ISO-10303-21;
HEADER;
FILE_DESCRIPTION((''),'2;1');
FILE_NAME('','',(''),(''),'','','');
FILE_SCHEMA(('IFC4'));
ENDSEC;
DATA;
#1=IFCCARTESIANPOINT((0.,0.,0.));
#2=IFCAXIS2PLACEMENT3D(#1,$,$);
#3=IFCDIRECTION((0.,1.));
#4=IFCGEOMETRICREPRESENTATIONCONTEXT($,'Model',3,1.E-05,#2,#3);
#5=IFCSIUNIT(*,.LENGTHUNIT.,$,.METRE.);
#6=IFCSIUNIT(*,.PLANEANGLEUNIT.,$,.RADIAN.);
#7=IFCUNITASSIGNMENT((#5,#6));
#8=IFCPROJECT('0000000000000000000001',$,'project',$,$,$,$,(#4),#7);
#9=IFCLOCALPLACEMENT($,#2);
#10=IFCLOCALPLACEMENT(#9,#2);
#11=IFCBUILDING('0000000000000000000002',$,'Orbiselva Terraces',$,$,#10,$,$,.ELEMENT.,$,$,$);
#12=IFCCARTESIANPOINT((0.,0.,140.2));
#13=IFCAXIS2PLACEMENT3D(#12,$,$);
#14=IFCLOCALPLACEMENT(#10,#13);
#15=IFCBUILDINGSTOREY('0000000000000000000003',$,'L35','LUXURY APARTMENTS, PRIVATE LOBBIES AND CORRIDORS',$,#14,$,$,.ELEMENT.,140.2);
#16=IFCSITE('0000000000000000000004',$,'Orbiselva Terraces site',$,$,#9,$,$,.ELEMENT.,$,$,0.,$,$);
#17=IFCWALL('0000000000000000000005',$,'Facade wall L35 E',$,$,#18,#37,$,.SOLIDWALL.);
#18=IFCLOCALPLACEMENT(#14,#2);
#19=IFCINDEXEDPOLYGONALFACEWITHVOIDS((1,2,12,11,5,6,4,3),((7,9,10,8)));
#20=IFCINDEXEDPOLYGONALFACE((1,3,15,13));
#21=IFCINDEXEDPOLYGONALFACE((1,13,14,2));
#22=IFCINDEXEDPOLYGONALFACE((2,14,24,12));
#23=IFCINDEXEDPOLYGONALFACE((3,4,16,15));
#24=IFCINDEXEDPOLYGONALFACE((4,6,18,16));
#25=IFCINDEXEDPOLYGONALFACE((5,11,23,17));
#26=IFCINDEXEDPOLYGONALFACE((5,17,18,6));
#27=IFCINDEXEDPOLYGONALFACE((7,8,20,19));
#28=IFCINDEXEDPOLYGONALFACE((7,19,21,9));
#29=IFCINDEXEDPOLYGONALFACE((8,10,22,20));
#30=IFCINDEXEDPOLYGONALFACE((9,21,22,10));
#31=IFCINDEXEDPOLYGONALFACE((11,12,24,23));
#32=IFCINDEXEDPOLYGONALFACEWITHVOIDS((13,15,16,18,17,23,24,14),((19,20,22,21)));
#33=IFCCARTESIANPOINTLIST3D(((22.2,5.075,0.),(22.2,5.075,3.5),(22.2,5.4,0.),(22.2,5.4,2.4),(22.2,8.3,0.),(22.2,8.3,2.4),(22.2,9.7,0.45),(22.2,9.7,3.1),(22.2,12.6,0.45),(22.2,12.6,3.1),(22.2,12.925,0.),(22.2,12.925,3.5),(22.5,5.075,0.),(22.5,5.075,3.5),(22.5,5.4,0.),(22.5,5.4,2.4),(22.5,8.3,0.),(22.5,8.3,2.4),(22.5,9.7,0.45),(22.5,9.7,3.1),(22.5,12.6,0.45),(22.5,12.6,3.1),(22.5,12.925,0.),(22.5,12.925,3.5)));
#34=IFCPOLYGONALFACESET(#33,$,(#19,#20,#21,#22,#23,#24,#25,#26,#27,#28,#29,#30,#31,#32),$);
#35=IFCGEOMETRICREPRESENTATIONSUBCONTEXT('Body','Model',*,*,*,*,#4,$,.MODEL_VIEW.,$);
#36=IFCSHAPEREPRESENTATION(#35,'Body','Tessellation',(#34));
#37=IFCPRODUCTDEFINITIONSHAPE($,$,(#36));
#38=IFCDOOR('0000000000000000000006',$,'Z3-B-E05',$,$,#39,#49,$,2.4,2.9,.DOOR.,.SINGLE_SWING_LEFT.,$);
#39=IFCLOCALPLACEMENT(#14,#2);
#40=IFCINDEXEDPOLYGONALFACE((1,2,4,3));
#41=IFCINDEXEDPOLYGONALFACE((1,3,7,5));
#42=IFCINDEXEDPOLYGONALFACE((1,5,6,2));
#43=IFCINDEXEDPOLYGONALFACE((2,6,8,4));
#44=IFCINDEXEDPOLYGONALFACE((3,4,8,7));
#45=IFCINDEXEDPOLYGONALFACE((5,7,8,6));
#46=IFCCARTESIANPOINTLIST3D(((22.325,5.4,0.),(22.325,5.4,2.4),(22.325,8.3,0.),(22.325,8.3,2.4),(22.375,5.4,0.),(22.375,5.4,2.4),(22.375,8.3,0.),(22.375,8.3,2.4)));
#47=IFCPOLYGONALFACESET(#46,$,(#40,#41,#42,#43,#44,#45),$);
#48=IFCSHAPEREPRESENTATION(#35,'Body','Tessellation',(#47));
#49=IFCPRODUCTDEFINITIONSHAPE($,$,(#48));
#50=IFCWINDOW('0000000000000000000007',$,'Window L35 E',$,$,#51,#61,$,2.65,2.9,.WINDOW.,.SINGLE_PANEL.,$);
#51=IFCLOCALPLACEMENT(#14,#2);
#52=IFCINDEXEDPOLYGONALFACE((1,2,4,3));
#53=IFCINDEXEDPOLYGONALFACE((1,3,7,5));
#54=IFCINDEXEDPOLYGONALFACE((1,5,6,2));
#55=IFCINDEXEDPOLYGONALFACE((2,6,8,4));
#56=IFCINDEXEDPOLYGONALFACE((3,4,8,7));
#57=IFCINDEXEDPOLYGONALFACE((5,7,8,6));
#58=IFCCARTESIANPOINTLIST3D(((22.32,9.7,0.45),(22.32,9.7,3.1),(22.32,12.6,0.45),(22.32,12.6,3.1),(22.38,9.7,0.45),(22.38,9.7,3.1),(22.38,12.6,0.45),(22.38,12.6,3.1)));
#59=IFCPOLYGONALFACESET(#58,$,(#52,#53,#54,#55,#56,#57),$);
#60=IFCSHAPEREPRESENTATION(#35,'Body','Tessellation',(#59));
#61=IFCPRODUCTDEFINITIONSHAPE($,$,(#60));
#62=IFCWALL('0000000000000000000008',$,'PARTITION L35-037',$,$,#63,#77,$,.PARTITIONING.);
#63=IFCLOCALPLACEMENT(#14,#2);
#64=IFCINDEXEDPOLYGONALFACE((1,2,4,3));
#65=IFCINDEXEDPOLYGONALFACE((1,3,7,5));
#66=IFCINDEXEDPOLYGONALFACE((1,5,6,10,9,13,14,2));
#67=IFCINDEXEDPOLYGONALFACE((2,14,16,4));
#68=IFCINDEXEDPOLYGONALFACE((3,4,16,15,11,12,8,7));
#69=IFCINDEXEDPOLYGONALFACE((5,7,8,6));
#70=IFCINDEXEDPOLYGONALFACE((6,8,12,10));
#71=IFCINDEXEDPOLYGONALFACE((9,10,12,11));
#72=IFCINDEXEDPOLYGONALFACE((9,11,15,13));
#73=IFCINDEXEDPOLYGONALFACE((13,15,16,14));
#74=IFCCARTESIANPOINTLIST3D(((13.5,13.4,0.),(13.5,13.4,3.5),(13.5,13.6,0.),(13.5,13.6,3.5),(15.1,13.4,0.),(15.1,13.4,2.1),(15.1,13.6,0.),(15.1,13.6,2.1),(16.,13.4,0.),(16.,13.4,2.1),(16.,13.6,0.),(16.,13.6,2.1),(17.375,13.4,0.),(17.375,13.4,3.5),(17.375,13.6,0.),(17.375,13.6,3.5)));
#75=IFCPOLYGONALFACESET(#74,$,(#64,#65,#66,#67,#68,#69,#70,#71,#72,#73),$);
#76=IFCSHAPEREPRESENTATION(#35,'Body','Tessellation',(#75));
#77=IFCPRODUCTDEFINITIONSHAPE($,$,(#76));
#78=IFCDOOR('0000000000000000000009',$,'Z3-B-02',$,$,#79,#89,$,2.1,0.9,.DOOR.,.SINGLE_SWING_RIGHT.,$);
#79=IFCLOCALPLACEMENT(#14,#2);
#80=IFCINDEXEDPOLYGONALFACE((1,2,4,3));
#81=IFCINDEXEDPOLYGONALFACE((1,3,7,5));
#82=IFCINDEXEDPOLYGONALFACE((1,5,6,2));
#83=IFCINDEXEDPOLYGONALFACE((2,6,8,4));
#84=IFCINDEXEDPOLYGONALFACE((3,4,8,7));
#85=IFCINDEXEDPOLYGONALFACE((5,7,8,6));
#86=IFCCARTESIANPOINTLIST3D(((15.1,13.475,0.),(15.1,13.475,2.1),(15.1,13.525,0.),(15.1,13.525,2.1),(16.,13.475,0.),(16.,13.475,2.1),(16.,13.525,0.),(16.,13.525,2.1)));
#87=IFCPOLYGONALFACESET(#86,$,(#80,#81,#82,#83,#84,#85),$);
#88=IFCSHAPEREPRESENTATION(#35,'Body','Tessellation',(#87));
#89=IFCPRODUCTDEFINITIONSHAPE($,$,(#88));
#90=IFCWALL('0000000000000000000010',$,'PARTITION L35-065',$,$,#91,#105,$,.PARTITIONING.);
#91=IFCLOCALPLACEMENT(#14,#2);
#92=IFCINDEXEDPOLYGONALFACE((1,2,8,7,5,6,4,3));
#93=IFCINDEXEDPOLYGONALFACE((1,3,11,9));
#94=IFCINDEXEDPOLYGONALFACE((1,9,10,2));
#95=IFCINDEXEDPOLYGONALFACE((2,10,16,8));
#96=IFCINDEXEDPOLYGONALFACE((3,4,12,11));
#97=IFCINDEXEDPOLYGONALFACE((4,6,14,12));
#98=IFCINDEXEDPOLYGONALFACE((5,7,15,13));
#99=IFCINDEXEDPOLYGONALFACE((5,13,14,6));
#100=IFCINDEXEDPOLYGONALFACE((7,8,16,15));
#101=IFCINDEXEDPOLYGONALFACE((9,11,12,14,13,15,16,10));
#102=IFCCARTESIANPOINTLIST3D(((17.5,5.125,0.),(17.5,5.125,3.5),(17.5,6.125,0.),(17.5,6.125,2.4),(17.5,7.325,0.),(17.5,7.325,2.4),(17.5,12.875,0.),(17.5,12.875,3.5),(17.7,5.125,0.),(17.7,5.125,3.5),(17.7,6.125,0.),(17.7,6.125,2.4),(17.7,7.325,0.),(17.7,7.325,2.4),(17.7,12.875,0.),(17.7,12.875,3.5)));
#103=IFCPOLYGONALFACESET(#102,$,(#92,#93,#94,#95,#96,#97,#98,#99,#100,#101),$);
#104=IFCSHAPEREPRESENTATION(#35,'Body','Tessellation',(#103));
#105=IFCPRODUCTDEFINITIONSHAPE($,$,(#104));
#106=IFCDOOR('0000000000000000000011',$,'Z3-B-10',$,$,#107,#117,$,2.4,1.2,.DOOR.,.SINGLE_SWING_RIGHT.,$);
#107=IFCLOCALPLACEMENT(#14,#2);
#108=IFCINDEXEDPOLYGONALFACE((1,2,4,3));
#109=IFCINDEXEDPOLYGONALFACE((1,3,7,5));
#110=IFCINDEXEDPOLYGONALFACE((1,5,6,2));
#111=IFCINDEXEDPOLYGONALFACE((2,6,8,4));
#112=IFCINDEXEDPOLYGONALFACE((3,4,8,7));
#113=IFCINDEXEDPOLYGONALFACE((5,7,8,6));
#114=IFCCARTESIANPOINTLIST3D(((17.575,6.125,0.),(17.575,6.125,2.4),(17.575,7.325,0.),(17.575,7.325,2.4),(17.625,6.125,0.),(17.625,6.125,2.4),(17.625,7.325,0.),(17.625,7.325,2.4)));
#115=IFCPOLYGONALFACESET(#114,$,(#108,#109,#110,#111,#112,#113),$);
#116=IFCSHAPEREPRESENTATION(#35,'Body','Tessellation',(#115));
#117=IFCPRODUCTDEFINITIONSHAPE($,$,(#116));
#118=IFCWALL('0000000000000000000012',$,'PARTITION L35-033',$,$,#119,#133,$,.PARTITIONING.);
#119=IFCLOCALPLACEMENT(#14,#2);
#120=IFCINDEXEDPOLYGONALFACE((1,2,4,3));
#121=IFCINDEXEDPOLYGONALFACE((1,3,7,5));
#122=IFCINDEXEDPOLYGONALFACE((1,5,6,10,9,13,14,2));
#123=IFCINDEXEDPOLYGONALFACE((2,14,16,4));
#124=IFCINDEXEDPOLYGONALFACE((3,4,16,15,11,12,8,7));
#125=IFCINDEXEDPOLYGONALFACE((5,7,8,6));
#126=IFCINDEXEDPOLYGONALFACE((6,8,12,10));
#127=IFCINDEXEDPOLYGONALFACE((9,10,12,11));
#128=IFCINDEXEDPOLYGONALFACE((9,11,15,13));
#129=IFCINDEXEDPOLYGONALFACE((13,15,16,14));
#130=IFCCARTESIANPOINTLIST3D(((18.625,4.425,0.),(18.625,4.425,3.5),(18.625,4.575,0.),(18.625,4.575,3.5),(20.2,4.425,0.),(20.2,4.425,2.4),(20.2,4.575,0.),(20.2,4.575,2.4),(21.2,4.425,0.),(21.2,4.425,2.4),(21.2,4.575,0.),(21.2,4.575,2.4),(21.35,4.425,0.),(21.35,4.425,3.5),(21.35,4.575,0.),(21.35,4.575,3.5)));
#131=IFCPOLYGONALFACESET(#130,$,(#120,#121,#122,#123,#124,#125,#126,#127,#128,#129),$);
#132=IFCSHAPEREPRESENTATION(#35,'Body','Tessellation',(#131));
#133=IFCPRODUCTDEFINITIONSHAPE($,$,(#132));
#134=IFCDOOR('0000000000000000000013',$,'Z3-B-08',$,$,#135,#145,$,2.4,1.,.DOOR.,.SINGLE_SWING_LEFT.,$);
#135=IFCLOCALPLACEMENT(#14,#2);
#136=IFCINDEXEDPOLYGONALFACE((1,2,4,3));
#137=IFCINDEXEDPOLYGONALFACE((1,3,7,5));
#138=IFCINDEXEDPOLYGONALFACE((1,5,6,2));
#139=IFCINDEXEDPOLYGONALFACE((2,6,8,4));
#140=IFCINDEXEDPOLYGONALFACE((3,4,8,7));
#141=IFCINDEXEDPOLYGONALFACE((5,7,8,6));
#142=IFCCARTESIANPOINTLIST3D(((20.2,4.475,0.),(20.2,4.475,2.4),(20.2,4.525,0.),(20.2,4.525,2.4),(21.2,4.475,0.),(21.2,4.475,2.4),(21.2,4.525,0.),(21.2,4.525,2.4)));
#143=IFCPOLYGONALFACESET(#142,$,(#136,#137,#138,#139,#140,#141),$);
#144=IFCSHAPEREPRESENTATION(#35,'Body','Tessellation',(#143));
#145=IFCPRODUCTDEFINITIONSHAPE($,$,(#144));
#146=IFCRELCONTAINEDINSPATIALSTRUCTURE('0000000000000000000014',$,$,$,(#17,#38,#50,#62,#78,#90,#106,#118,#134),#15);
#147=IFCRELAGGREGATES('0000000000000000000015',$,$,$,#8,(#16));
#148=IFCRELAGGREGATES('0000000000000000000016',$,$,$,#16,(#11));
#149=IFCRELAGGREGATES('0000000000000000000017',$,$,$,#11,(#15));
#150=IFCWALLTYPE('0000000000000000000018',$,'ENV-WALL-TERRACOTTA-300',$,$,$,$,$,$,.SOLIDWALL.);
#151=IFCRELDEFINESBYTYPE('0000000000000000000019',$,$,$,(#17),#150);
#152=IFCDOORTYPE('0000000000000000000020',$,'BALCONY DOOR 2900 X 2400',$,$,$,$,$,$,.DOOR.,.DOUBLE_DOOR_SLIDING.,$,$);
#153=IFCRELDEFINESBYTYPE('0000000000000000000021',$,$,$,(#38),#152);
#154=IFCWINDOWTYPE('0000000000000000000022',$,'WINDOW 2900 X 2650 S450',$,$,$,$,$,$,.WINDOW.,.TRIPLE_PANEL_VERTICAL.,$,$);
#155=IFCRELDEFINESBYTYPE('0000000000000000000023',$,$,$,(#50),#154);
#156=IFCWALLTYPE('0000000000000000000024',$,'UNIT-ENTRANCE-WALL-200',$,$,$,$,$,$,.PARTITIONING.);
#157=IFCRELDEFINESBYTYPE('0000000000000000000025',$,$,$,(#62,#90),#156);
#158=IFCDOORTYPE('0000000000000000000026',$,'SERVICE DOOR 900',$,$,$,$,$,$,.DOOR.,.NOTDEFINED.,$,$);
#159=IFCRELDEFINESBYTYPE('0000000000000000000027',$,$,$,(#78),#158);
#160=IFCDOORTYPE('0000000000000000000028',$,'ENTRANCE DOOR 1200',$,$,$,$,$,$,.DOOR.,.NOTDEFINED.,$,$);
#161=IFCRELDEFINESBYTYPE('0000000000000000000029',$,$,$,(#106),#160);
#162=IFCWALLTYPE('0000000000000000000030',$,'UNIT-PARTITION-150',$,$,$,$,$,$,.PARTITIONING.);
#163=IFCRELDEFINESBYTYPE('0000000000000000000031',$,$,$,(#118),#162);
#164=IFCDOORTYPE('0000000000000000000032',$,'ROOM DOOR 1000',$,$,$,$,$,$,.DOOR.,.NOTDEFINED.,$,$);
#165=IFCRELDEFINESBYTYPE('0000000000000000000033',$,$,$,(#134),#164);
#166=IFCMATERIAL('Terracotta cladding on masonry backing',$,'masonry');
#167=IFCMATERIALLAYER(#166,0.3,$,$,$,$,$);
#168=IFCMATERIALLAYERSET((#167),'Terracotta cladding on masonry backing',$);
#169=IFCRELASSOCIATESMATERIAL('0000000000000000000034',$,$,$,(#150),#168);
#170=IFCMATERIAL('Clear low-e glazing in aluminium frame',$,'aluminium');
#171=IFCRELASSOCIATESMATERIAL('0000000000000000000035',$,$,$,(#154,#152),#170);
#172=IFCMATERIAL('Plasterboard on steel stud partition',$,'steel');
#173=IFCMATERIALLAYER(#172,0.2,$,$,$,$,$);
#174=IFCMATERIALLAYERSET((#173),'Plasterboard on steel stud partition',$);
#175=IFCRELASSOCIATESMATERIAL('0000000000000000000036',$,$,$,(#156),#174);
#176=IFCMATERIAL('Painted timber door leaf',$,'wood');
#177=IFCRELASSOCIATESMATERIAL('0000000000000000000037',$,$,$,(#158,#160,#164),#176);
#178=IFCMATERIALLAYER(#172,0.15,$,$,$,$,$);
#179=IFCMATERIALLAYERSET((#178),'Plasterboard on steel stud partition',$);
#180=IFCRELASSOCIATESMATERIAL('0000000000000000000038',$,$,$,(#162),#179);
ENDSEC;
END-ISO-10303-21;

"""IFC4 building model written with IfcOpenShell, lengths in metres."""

from ifc_helpers import new_model, si_unit, direction, frame, frame_2d, origin, place, context, subcontext, project, spatial, rectangle, extrude, material, layer, layer_set, type_object, element, fill, save


model = new_model("IFC4")

# Units and contexts
model_context = context("Model", 3, precision=1e-05, world=origin(), true_north=direction((0.0, 1.0)))
body_context = subcontext(model_context, "Body", "Model", "MODEL_VIEW")
ifc_project = project(units=[si_unit("LENGTHUNIT", "METRE"), si_unit("PLANEANGLEUNIT", "RADIAN")], contexts=[model_context])

# Site, building, storey
site_placement = place(None, origin())
site = spatial("IfcSite", under=ifc_project, at=site_placement, Name="Orbiselva Terraces site", CompositionType="ELEMENT", RefElevation=0.0)
building_placement = place(site_placement, origin())
building = spatial("IfcBuilding", under=site, at=building_placement, Name="Orbiselva Terraces", CompositionType="ELEMENT")
storey_placement = place(building_placement, frame((0.0, 0.0, 140.2)))
storey = spatial("IfcBuildingStorey", under=building, at=storey_placement, Name="L35", Description="LUXURY APARTMENTS, PRIVATE LOBBIES AND CORRIDORS", CompositionType="ELEMENT", Elevation=140.2)

# Shared definitions
ifc_material_1 = material(Name="Terracotta cladding on masonry backing", Category="masonry")
ifc_layer_1 = layer(ifc_material_1, 0.3)
ifc_layer_set_1 = layer_set([ifc_layer_1], Name="Terracotta cladding on masonry backing")
wall_type_1 = type_object("IfcWallType", Name="ENV-WALL-TERRACOTTA-300", PredefinedType="SOLIDWALL", material=ifc_layer_set_1)
ifc_material_2 = material(Name="Clear low-e glazing in aluminium frame", Category="aluminium")
window_type = type_object("IfcWindowType", Name="WINDOW 2900 X 2650 S450", PartitioningType="TRIPLE_PANEL_VERTICAL", PredefinedType="WINDOW", material=ifc_material_2)

# Wall, openings, door, window
wall_1_placement = place(storey_placement, frame((22.35, 12.925, 0.0), z_axis=(0.0, 0.0, 1.0), x_axis=(0.0, -1.0, 0.0)))
wall_1 = element("IfcWall", 1, at=wall_1_placement, inside=storey, type_object=wall_type_1, Name="Facade wall L35 E", PredefinedType="SOLIDWALL", context=body_context, shape_type="SweptSolid", body=[
    extrude(rectangle(XDim=7.85, YDim=0.3, at=frame_2d((3.925, 0.0))), origin(), (0.0, 0.0, 1.0), 3.5),
])
opening_1_placement = place(wall_1_placement, frame((4.625, 0.0, 0.0)))
opening_1 = element("IfcOpeningElement", 2, at=opening_1_placement, cuts=wall_1, PredefinedType="OPENING", context=body_context, shape_type="SweptSolid", body=[
    extrude(rectangle(XDim=2.9, YDim=2.4, at=frame_2d((1.45, 1.2))), frame((0.0, 0.16, 0.0), z_axis=(0.0, -1.0, 0.0), x_axis=(1.0, 0.0, 0.0)), (0.0, 0.0, 1.0), 0.32),
])
opening_2_placement = place(wall_1_placement, frame((0.325, 0.0, 0.45)))
opening_2 = element("IfcOpeningElement", 3, at=opening_2_placement, cuts=wall_1, PredefinedType="OPENING", context=body_context, shape_type="SweptSolid", body=[
    extrude(rectangle(XDim=2.9, YDim=2.65, at=frame_2d((1.45, 1.325))), frame((0.0, 0.16, 0.0), z_axis=(0.0, -1.0, 0.0), x_axis=(1.0, 0.0, 0.0)), (0.0, 0.0, 1.0), 0.32),
])
door_type_1 = type_object("IfcDoorType", Name="BALCONY DOOR 2900 X 2400", OperationType="DOUBLE_DOOR_SLIDING", PredefinedType="DOOR", material=ifc_material_2)
door_1_placement = place(opening_1_placement, origin())
door_1 = element("IfcDoor", 4, at=door_1_placement, inside=storey, type_object=door_type_1, Name="Z3-B-E05", OperationType="SINGLE_SWING_LEFT", OverallHeight=2.4, OverallWidth=2.9, PredefinedType="DOOR", context=body_context, shape_type="SweptSolid", body=[
    extrude(rectangle(XDim=2.9, YDim=2.4, at=frame_2d((1.45, 1.2))), frame((0.0, 0.025, 0.0), z_axis=(0.0, -1.0, 0.0), x_axis=(1.0, 0.0, 0.0)), (0.0, 0.0, 1.0), 0.05),
])
fill(opening_1, door_1)
window_1_placement = place(opening_2_placement, origin())
window_1 = element("IfcWindow", 5, at=window_1_placement, inside=storey, type_object=window_type, Name="Window L35 E", OverallHeight=2.65, OverallWidth=2.9, PartitioningType="SINGLE_PANEL", PredefinedType="WINDOW", context=body_context, shape_type="SweptSolid", body=[
    extrude(rectangle(XDim=2.9, YDim=2.65, at=frame_2d((1.45, 1.325))), frame((0.0, 0.03, 0.0), z_axis=(0.0, -1.0, 0.0), x_axis=(1.0, 0.0, 0.0)), (0.0, 0.0, 1.0), 0.06),
])
fill(opening_2, window_1)

# Walls, openings, doors
ifc_material_3 = material(Name="Plasterboard on steel stud partition", Category="steel")
ifc_layer_2 = layer(ifc_material_3, 0.2)
ifc_layer_set_2 = layer_set([ifc_layer_2], Name="Plasterboard on steel stud partition")
wall_type_2 = type_object("IfcWallType", Name="UNIT-ENTRANCE-WALL-200", PredefinedType="PARTITIONING", material=ifc_layer_set_2)
wall_2_placement = place(storey_placement, frame((13.5, 13.5, 0.0), z_axis=(0.0, 0.0, 1.0), x_axis=(1.0, 0.0, 0.0)))
wall_2 = element("IfcWall", 6, at=wall_2_placement, inside=storey, type_object=wall_type_2, Name="PARTITION L35-037", PredefinedType="PARTITIONING", context=body_context, shape_type="SweptSolid", body=[
    extrude(rectangle(XDim=3.875, YDim=0.2, at=frame_2d((1.9375, 0.0))), origin(), (0.0, 0.0, 1.0), 3.5),
])
opening_3_placement = place(wall_2_placement, frame((1.6, 0.0, 0.0)))
opening_3 = element("IfcOpeningElement", 7, at=opening_3_placement, cuts=wall_2, PredefinedType="OPENING", context=body_context, shape_type="SweptSolid", body=[
    extrude(rectangle(XDim=0.9, YDim=2.1, at=frame_2d((0.45, 1.05))), frame((0.0, 0.11, 0.0), z_axis=(0.0, -1.0, 0.0), x_axis=(1.0, 0.0, 0.0)), (0.0, 0.0, 1.0), 0.22),
])
ifc_material_4 = material(Name="Painted timber door leaf", Category="wood")
door_type_2 = type_object("IfcDoorType", Name="SERVICE DOOR 900", OperationType="NOTDEFINED", PredefinedType="DOOR", material=ifc_material_4)
door_2_placement = place(opening_3_placement, origin())
door_2 = element("IfcDoor", 8, at=door_2_placement, inside=storey, type_object=door_type_2, Name="Z3-B-02", OperationType="SINGLE_SWING_RIGHT", OverallHeight=2.1, OverallWidth=0.9, PredefinedType="DOOR", context=body_context, shape_type="SweptSolid", body=[
    extrude(rectangle(XDim=0.9, YDim=2.1, at=frame_2d((0.45, 1.05))), frame((0.0, 0.025, 0.0), z_axis=(0.0, -1.0, 0.0), x_axis=(1.0, 0.0, 0.0)), (0.0, 0.0, 1.0), 0.05),
])
fill(opening_3, door_2)
wall_3_placement = place(storey_placement, frame((17.6, 12.875, 0.0), z_axis=(0.0, 0.0, 1.0), x_axis=(0.0, -1.0, 0.0)))
wall_3 = element("IfcWall", 9, at=wall_3_placement, inside=storey, type_object=wall_type_2, Name="PARTITION L35-065", PredefinedType="PARTITIONING", context=body_context, shape_type="SweptSolid", body=[
    extrude(rectangle(XDim=7.75, YDim=0.2, at=frame_2d((3.875, 0.0))), origin(), (0.0, 0.0, 1.0), 3.5),
])
opening_4_placement = place(wall_3_placement, frame((5.55, 0.0, 0.0)))
opening_4 = element("IfcOpeningElement", 10, at=opening_4_placement, cuts=wall_3, PredefinedType="OPENING", context=body_context, shape_type="SweptSolid", body=[
    extrude(rectangle(XDim=1.2, YDim=2.4, at=frame_2d((0.6, 1.2))), frame((0.0, 0.11, 0.0), z_axis=(0.0, -1.0, 0.0), x_axis=(1.0, 0.0, 0.0)), (0.0, 0.0, 1.0), 0.22),
])
door_type_3 = type_object("IfcDoorType", Name="ENTRANCE DOOR 1200", OperationType="NOTDEFINED", PredefinedType="DOOR", material=ifc_material_4)
door_3_placement = place(opening_4_placement, origin())
door_3 = element("IfcDoor", 11, at=door_3_placement, inside=storey, type_object=door_type_3, Name="Z3-B-10", OperationType="SINGLE_SWING_RIGHT", OverallHeight=2.4, OverallWidth=1.2, PredefinedType="DOOR", context=body_context, shape_type="SweptSolid", body=[
    extrude(rectangle(XDim=1.2, YDim=2.4, at=frame_2d((0.6, 1.2))), frame((0.0, 0.025, 0.0), z_axis=(0.0, -1.0, 0.0), x_axis=(1.0, 0.0, 0.0)), (0.0, 0.0, 1.0), 0.05),
])
fill(opening_4, door_3)
ifc_layer_3 = layer(ifc_material_3, 0.15)
ifc_layer_set_3 = layer_set([ifc_layer_3], Name="Plasterboard on steel stud partition")
wall_type_3 = type_object("IfcWallType", Name="UNIT-PARTITION-150", PredefinedType="PARTITIONING", material=ifc_layer_set_3)
wall_4_placement = place(storey_placement, frame((21.35, 4.5, 0.0), z_axis=(0.0, 0.0, 1.0), x_axis=(-1.0, 0.0, 0.0)))
wall_4 = element("IfcWall", 12, at=wall_4_placement, inside=storey, type_object=wall_type_3, Name="PARTITION L35-033", PredefinedType="PARTITIONING", context=body_context, shape_type="SweptSolid", body=[
    extrude(rectangle(XDim=2.725, YDim=0.15, at=frame_2d((1.3625, 0.0))), origin(), (0.0, 0.0, 1.0), 3.5),
])
opening_5_placement = place(wall_4_placement, frame((0.15, 0.0, 0.0)))
opening_5 = element("IfcOpeningElement", 13, at=opening_5_placement, cuts=wall_4, PredefinedType="OPENING", context=body_context, shape_type="SweptSolid", body=[
    extrude(rectangle(XDim=1.0, YDim=2.4, at=frame_2d((0.5, 1.2))), frame((0.0, 0.085, 0.0), z_axis=(0.0, -1.0, 0.0), x_axis=(1.0, 0.0, 0.0)), (0.0, 0.0, 1.0), 0.17),
])
door_type_4 = type_object("IfcDoorType", Name="ROOM DOOR 1000", OperationType="NOTDEFINED", PredefinedType="DOOR", material=ifc_material_4)
door_4_placement = place(opening_5_placement, origin())
door_4 = element("IfcDoor", 14, at=door_4_placement, inside=storey, type_object=door_type_4, Name="Z3-B-08", OperationType="SINGLE_SWING_LEFT", OverallHeight=2.4, OverallWidth=1.0, PredefinedType="DOOR", context=body_context, shape_type="SweptSolid", body=[
    extrude(rectangle(XDim=1.0, YDim=2.4, at=frame_2d((0.5, 1.2))), frame((0.0, 0.025, 0.0), z_axis=(0.0, -1.0, 0.0), x_axis=(1.0, 0.0, 0.0)), (0.0, 0.0, 1.0), 0.05),
])
fill(opening_5, door_4)

save(model, "model.ifc")
